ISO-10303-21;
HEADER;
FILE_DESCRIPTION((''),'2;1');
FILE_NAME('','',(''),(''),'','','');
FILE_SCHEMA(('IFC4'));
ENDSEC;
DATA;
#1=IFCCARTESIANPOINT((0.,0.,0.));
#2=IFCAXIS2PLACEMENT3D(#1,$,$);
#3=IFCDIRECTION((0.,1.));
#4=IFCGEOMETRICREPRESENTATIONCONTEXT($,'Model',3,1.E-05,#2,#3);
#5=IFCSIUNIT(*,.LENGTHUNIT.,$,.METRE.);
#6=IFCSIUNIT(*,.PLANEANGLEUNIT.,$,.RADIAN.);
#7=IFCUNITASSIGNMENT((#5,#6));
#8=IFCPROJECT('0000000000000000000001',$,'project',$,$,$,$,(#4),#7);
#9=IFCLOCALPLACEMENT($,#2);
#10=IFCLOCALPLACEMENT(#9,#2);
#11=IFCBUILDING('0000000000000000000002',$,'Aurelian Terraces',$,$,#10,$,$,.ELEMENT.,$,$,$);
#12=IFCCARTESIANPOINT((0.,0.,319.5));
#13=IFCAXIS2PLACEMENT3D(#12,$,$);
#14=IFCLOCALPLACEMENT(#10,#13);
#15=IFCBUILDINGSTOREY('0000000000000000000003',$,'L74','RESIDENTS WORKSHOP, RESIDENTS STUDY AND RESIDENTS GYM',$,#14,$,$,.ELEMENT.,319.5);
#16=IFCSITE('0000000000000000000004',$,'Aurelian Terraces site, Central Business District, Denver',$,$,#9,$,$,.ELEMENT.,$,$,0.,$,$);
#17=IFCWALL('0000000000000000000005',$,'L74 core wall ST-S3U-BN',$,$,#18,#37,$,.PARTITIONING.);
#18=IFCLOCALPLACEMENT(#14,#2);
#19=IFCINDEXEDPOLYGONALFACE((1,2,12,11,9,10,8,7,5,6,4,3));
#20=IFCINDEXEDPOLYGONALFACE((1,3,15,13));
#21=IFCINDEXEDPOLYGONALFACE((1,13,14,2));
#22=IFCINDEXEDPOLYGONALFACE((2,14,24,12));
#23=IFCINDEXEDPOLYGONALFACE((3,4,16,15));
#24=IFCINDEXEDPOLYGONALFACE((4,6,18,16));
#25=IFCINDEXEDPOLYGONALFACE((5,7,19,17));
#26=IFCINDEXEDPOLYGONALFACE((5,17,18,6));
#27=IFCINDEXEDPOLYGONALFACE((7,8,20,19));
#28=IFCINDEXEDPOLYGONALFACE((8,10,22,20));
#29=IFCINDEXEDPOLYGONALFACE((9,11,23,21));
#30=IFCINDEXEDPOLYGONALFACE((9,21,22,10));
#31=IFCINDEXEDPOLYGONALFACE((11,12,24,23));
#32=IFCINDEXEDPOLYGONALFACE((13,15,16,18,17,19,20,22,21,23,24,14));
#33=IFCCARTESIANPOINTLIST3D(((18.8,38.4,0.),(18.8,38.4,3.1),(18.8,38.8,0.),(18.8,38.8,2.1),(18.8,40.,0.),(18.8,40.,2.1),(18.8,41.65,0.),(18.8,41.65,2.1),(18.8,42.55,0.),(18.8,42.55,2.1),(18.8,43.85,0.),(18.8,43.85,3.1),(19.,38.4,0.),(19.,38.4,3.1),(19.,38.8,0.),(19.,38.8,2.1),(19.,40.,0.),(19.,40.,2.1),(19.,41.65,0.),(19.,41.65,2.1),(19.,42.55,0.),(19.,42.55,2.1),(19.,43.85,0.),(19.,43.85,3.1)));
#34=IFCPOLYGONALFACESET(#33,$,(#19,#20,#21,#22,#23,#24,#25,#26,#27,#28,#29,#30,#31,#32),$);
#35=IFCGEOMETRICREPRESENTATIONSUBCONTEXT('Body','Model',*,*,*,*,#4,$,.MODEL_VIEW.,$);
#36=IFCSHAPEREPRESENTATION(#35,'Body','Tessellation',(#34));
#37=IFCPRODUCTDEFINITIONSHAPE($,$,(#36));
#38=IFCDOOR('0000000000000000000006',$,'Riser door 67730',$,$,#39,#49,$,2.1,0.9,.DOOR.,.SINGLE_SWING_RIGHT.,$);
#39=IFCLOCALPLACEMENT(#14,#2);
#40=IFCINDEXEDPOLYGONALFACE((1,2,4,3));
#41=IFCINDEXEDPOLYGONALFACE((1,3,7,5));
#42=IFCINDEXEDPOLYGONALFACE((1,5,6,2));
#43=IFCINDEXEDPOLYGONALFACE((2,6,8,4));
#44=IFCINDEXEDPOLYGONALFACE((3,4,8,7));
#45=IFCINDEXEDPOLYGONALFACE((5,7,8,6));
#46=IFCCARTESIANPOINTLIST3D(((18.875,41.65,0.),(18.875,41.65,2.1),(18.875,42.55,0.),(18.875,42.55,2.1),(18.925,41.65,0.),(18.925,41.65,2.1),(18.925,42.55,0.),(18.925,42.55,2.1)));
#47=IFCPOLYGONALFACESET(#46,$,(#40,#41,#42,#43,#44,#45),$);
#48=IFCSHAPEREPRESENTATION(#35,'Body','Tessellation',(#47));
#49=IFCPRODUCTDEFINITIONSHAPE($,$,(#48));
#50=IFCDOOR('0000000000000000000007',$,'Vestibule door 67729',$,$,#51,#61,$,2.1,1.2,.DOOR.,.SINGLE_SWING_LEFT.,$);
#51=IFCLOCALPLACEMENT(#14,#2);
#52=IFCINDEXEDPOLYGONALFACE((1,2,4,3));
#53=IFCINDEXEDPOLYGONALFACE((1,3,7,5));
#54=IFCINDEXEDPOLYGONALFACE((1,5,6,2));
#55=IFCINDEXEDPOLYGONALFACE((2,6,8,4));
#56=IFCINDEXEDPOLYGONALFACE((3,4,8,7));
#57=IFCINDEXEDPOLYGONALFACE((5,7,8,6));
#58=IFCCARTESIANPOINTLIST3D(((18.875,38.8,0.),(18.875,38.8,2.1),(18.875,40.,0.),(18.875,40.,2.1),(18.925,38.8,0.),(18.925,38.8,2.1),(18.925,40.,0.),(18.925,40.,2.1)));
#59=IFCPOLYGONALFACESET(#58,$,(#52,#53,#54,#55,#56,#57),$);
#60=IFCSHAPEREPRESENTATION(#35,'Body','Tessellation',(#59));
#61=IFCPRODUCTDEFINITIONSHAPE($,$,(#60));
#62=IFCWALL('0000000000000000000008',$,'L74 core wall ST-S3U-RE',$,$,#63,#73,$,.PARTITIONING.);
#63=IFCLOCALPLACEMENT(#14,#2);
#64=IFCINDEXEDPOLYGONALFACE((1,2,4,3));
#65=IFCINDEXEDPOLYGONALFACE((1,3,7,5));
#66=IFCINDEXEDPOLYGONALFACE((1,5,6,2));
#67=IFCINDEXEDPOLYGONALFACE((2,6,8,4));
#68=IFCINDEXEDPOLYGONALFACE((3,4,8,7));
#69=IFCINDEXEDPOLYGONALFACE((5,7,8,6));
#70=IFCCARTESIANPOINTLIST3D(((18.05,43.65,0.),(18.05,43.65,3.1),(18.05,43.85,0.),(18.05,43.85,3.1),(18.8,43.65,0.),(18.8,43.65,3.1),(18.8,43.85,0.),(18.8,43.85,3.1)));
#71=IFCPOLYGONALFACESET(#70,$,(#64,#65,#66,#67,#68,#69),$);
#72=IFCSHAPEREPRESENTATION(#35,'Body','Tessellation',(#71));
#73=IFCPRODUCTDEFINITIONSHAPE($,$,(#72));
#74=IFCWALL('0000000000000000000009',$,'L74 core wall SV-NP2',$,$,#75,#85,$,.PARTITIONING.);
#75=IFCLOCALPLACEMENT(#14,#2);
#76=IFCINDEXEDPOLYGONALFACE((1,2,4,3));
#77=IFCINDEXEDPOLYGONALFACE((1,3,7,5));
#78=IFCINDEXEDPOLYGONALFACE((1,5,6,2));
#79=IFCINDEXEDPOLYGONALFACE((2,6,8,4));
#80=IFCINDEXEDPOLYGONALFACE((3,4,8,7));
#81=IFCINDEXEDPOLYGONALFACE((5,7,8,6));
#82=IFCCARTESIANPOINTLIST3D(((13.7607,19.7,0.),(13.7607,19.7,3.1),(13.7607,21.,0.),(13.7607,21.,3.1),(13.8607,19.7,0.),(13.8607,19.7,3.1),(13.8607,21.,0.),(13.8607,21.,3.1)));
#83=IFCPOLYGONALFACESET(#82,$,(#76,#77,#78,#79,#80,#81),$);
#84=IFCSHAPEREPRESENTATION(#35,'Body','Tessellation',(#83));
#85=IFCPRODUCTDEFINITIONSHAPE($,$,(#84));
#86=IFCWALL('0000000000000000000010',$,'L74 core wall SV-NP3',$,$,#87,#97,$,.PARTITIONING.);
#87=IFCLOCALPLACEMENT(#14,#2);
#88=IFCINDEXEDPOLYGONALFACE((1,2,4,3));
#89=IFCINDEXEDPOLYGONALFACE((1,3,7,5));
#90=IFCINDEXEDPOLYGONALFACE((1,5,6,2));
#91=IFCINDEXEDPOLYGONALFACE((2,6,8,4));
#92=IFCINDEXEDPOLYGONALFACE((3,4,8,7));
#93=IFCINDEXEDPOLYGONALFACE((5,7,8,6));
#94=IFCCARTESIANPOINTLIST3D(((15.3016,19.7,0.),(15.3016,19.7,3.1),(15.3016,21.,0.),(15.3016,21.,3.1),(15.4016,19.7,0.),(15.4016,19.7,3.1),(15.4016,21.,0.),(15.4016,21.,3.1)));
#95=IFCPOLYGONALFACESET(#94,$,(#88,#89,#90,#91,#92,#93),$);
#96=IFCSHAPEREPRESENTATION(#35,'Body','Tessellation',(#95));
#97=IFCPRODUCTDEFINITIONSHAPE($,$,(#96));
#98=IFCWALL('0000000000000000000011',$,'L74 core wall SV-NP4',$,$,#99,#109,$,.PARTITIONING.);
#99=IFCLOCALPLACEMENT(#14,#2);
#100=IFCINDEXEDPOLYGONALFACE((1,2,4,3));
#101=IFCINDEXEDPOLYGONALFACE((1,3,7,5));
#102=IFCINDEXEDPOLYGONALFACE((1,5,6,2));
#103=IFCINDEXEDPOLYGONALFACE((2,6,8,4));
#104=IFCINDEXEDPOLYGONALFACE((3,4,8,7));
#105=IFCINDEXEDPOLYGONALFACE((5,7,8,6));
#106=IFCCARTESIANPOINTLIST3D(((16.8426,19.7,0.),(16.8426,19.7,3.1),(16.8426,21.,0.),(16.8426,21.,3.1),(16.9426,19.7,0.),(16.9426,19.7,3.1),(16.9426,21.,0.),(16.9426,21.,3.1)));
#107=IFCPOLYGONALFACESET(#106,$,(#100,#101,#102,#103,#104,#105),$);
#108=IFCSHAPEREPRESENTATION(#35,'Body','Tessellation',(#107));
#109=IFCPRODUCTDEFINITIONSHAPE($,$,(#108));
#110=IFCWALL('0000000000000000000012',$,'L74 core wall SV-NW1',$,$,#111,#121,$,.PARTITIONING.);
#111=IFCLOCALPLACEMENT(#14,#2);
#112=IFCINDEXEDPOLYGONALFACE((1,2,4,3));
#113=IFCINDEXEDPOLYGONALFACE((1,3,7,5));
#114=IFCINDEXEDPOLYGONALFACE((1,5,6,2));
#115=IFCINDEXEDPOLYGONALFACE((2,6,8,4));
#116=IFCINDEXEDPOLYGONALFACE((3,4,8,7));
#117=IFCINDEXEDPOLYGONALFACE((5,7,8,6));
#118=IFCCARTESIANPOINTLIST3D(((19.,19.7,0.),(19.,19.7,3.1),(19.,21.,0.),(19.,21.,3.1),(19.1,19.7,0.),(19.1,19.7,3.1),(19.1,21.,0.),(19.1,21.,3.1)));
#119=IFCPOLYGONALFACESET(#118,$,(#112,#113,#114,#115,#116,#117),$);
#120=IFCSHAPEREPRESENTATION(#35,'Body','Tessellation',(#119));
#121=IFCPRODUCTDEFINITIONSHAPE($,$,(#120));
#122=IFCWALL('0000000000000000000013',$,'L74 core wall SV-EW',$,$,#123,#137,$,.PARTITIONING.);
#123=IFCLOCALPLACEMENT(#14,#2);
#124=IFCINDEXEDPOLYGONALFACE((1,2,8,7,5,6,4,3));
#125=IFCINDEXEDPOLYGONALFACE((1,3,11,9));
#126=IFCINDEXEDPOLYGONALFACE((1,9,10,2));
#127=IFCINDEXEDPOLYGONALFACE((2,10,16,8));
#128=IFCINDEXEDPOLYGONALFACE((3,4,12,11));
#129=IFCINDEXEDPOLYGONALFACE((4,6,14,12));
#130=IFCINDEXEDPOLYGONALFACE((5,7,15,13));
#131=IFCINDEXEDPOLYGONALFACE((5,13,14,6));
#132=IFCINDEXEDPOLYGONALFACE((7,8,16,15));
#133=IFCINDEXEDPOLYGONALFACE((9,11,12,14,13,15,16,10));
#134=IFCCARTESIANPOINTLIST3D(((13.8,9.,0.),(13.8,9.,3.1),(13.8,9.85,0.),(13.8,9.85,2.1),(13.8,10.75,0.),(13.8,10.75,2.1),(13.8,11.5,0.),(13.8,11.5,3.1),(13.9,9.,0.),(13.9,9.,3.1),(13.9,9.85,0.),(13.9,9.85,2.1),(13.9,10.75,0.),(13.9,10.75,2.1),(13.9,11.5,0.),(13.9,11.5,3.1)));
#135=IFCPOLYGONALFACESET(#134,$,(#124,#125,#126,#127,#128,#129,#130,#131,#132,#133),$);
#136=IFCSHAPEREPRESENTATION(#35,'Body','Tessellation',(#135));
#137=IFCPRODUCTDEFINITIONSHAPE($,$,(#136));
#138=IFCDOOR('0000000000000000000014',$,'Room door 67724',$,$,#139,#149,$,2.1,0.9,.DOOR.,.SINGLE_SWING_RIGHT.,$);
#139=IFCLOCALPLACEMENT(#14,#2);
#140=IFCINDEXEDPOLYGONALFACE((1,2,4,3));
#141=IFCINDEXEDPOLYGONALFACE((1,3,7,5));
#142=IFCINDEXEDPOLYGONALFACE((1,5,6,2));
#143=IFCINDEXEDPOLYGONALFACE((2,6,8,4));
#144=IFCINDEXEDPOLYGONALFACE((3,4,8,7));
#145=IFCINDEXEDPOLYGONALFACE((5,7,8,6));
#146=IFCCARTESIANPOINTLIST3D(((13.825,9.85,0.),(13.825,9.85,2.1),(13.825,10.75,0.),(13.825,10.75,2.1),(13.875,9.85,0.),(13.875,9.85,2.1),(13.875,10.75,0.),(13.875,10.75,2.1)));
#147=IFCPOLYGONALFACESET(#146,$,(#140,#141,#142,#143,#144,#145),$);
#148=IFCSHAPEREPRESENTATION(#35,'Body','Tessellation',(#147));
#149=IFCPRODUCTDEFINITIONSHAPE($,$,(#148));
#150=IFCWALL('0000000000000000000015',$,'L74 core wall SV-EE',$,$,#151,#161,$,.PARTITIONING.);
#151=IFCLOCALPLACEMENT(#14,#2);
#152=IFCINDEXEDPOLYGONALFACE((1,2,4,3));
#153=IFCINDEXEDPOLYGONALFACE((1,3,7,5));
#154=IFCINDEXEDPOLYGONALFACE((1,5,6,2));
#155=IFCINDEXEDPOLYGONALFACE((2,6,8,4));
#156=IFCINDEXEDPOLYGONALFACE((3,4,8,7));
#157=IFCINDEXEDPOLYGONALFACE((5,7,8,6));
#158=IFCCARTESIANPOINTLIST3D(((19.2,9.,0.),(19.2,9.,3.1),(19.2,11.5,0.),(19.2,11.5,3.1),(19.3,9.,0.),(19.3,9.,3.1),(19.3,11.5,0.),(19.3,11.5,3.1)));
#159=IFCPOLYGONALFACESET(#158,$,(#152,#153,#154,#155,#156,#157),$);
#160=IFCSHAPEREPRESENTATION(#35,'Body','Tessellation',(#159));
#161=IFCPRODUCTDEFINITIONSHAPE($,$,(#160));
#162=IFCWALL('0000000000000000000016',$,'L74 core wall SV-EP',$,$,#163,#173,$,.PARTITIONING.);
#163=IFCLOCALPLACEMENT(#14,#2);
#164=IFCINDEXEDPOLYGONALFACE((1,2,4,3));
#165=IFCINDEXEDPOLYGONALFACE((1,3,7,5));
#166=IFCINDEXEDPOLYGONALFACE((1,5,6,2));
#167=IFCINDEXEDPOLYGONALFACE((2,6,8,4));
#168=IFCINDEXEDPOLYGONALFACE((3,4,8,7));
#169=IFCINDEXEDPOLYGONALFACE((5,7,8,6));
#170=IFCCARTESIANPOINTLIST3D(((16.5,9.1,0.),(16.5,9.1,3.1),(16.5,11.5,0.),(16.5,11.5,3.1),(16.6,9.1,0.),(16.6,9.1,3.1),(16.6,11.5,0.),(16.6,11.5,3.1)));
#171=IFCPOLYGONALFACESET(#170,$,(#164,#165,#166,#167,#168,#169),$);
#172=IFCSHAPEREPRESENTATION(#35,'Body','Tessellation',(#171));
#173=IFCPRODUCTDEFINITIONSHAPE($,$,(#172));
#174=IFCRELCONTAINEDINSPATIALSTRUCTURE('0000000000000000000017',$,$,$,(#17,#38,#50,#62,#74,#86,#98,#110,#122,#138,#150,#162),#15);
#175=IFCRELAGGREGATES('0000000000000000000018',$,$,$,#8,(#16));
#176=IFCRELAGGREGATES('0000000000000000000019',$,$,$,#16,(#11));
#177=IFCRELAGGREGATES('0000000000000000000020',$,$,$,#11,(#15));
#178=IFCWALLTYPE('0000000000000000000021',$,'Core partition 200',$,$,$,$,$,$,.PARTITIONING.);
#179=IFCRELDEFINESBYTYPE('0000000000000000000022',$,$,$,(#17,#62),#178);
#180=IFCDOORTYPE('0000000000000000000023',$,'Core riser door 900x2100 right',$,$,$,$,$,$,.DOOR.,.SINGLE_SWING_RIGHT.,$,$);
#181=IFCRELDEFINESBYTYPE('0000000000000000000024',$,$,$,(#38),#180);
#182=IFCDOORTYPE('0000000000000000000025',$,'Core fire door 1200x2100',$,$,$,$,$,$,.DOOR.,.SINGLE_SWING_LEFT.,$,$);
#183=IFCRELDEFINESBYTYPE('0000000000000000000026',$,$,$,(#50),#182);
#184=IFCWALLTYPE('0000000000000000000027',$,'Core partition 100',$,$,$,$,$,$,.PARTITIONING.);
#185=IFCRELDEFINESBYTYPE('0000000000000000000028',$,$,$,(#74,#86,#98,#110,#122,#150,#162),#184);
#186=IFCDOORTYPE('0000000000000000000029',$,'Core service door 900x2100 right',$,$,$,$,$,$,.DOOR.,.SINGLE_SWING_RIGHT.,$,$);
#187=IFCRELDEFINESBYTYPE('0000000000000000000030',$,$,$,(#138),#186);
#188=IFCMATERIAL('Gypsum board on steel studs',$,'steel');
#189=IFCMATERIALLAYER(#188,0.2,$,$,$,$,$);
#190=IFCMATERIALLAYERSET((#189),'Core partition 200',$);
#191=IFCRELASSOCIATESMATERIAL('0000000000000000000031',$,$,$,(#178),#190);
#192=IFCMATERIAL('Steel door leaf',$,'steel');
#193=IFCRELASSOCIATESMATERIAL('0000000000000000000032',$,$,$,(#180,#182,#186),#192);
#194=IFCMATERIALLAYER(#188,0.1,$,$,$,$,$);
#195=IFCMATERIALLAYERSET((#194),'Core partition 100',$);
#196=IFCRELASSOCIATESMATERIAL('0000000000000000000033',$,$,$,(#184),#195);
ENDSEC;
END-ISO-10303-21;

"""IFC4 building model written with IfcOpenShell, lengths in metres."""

from ifc_helpers import new_model, si_unit, direction, frame, frame_2d, origin, place, context, subcontext, project, spatial, rectangle, extrude, source, transform, mapped, material, layer, layer_set, type_object, element, fill, save


model = new_model("IFC4")

# Units and contexts
model_context = context("Model", 3, precision=1e-05, world=origin(), true_north=direction((0.0, 1.0)))
body_context = subcontext(model_context, "Body", "Model", "MODEL_VIEW")
ifc_project = project(units=[si_unit("LENGTHUNIT", "METRE"), si_unit("PLANEANGLEUNIT", "RADIAN")], contexts=[model_context])

# Site, building, storey
site_placement = place(None, origin())
site = spatial("IfcSite", under=ifc_project, at=site_placement, Name="Aurelian Terraces site, Central Business District, Denver", CompositionType="ELEMENT", RefElevation=0.0)
building_placement = place(site_placement, origin())
building = spatial("IfcBuilding", under=site, at=building_placement, Name="Aurelian Terraces", CompositionType="ELEMENT")
storey_placement = place(building_placement, frame((0.0, 0.0, 319.5)))
storey = spatial("IfcBuildingStorey", under=building, at=storey_placement, Name="L74", Description="RESIDENTS WORKSHOP, RESIDENTS STUDY AND RESIDENTS GYM", CompositionType="ELEMENT", Elevation=319.5)

# Shared definitions
ifc_material_1 = material(Name="Gypsum board on steel studs", Category="steel")
ifc_layer_1 = layer(ifc_material_1, 0.2)
ifc_layer_set_1 = layer_set([ifc_layer_1], Name="Core partition 200")
wall_type_1 = type_object("IfcWallType", Name="Core partition 200", PredefinedType="PARTITIONING", material=ifc_layer_set_1)

# Wall, openings, doors
shared_shape_1 = source(origin(), body_context, "Body", "SweptSolid", [
    extrude(rectangle(XDim=5.45, YDim=0.2, at=frame_2d((2.725, 0.0))), origin(), (0.0, 0.0, 1.0), 3.1),
])
wall_1_placement = place(storey_placement, frame((18.9, 38.4, 0.0), z_axis=(0.0, 0.0, 1.0), x_axis=(0.0, 1.0, 0.0)))
wall_1 = element("IfcWall", 1, at=wall_1_placement, inside=storey, type_object=wall_type_1, Name="L74 core wall ST-S3U-BN", PredefinedType="PARTITIONING", context=body_context, shape_type="MappedRepresentation", body=[
    mapped(shared_shape_1, transform((0.0, 0.0, 0.0), scale=1.0)),
])
shared_shape_2 = source(origin(), body_context, "Body", "SweptSolid", [
    extrude(rectangle(XDim=1.2, YDim=2.1, at=frame_2d((0.6, 1.05))), frame((0.0, 0.11, 0.0), z_axis=(0.0, -1.0, 0.0), x_axis=(1.0, 0.0, 0.0)), (0.0, 0.0, 1.0), 0.22),
])
opening_1_placement = place(wall_1_placement, frame((0.4, 0.0, 0.0)))
opening_1 = element("IfcOpeningElement", 2, at=opening_1_placement, cuts=wall_1, PredefinedType="OPENING", context=body_context, shape_type="MappedRepresentation", body=[
    mapped(shared_shape_2, transform((0.0, 0.0, 0.0), scale=1.0)),
])
shared_shape_3 = source(origin(), body_context, "Body", "SweptSolid", [
    extrude(rectangle(XDim=0.9, YDim=2.1, at=frame_2d((0.45, 1.05))), frame((0.0, 0.11, 0.0), z_axis=(0.0, -1.0, 0.0), x_axis=(1.0, 0.0, 0.0)), (0.0, 0.0, 1.0), 0.22),
])
opening_2_placement = place(wall_1_placement, frame((3.25, 0.0, 0.0)))
opening_2 = element("IfcOpeningElement", 3, at=opening_2_placement, cuts=wall_1, PredefinedType="OPENING", context=body_context, shape_type="MappedRepresentation", body=[
    mapped(shared_shape_3, transform((0.0, 0.0, 0.0), scale=1.0)),
])
ifc_material_2 = material(Name="Steel door leaf", Category="steel")
door_type_1 = type_object("IfcDoorType", Name="Core riser door 900x2100 right", OperationType="SINGLE_SWING_RIGHT", PredefinedType="DOOR", material=ifc_material_2)
shared_shape_4 = source(origin(), body_context, "Body", "SweptSolid", [
    extrude(rectangle(XDim=0.9, YDim=2.1, at=frame_2d((0.45, 1.05))), frame((0.0, 0.025, 0.0), z_axis=(0.0, -1.0, 0.0), x_axis=(1.0, 0.0, 0.0)), (0.0, 0.0, 1.0), 0.05),
])
door_1_placement = place(opening_2_placement, origin())
door_1 = element("IfcDoor", 4, at=door_1_placement, inside=storey, type_object=door_type_1, Name="Riser door 67730", OperationType="SINGLE_SWING_RIGHT", OverallHeight=2.1, OverallWidth=0.9, PredefinedType="DOOR", context=body_context, shape_type="MappedRepresentation", body=[
    mapped(shared_shape_4, transform((0.0, 0.0, 0.0), scale=1.0)),
])
fill(opening_2, door_1)
door_type_2 = type_object("IfcDoorType", Name="Core fire door 1200x2100", OperationType="SINGLE_SWING_LEFT", PredefinedType="DOOR", material=ifc_material_2)
shared_shape_5 = source(origin(), body_context, "Body", "SweptSolid", [
    extrude(rectangle(XDim=1.2, YDim=2.1, at=frame_2d((0.6, 1.05))), frame((0.0, 0.025, 0.0), z_axis=(0.0, -1.0, 0.0), x_axis=(1.0, 0.0, 0.0)), (0.0, 0.0, 1.0), 0.05),
])
door_2_placement = place(opening_1_placement, origin())
door_2 = element("IfcDoor", 5, at=door_2_placement, inside=storey, type_object=door_type_2, Name="Vestibule door 67729", OperationType="SINGLE_SWING_LEFT", OverallHeight=2.1, OverallWidth=1.2, PredefinedType="DOOR", context=body_context, shape_type="MappedRepresentation", body=[
    mapped(shared_shape_5, transform((0.0, 0.0, 0.0), scale=1.0)),
])
fill(opening_1, door_2)

# Walls
shared_shape_6 = source(origin(), body_context, "Body", "SweptSolid", [
    extrude(rectangle(XDim=0.75, YDim=0.2, at=frame_2d((0.375, 0.0))), origin(), (0.0, 0.0, 1.0), 3.1),
])
wall_2_placement = place(storey_placement, frame((18.05, 43.75, 0.0), z_axis=(0.0, 0.0, 1.0), x_axis=(1.0, 0.0, 0.0)))
element("IfcWall", 6, at=wall_2_placement, inside=storey, type_object=wall_type_1, Name="L74 core wall ST-S3U-RE", PredefinedType="PARTITIONING", context=body_context, shape_type="MappedRepresentation", body=[
    mapped(shared_shape_6, transform((0.0, 0.0, 0.0), scale=1.0)),
])
ifc_layer_2 = layer(ifc_material_1, 0.1)
ifc_layer_set_2 = layer_set([ifc_layer_2], Name="Core partition 100")
wall_type_2 = type_object("IfcWallType", Name="Core partition 100", PredefinedType="PARTITIONING", material=ifc_layer_set_2)
shared_shape_7 = source(origin(), body_context, "Body", "SweptSolid", [
    extrude(rectangle(XDim=1.3, YDim=0.1, at=frame_2d((0.65, 0.0))), origin(), (0.0, 0.0, 1.0), 3.1),
])
for number, where, z_axis, x_axis, name in (
    (7, (13.8107, 19.7, 0.0), (0.0, 0.0, 1.0), (0.0, 1.0, 0.0), "L74 core wall SV-NP2"),
    (8, (15.3516, 19.7, 0.0), (0.0, 0.0, 1.0), (0.0, 1.0, 0.0), "L74 core wall SV-NP3"),
    (9, (16.8926, 19.7, 0.0), (0.0, 0.0, 1.0), (0.0, 1.0, 0.0), "L74 core wall SV-NP4"),
    (10, (19.05, 19.7, 0.0), (0.0, 0.0, 1.0), (0.0, 1.0, 0.0), "L74 core wall SV-NW1"),
):
    element("IfcWall", number, at=place(storey_placement, frame(where, z_axis=z_axis, x_axis=x_axis)), inside=storey, type_object=wall_type_2, Name=name, PredefinedType="PARTITIONING", context=body_context, shape_type="MappedRepresentation", body=[
        mapped(shared_shape_7, transform((0.0, 0.0, 0.0), scale=1.0)),
    ])

# Wall, opening, door
shared_shape_8 = source(origin(), body_context, "Body", "SweptSolid", [
    extrude(rectangle(XDim=2.5, YDim=0.1, at=frame_2d((1.25, 0.0))), origin(), (0.0, 0.0, 1.0), 3.1),
])
wall_3_placement = place(storey_placement, frame((13.85, 9.0, 0.0), z_axis=(0.0, 0.0, 1.0), x_axis=(0.0, 1.0, 0.0)))
wall_3 = element("IfcWall", 11, at=wall_3_placement, inside=storey, type_object=wall_type_2, Name="L74 core wall SV-EW", PredefinedType="PARTITIONING", context=body_context, shape_type="MappedRepresentation", body=[
    mapped(shared_shape_8, transform((0.0, 0.0, 0.0), scale=1.0)),
])
shared_shape_9 = source(origin(), body_context, "Body", "SweptSolid", [
    extrude(rectangle(XDim=0.9, YDim=2.1, at=frame_2d((0.45, 1.05))), frame((0.0, 0.06, 0.0), z_axis=(0.0, -1.0, 0.0), x_axis=(1.0, 0.0, 0.0)), (0.0, 0.0, 1.0), 0.12),
])
opening_3_placement = place(wall_3_placement, frame((0.85, 0.0, 0.0)))
opening_3 = element("IfcOpeningElement", 12, at=opening_3_placement, cuts=wall_3, PredefinedType="OPENING", context=body_context, shape_type="MappedRepresentation", body=[
    mapped(shared_shape_9, transform((0.0, 0.0, 0.0), scale=1.0)),
])
door_type_3 = type_object("IfcDoorType", Name="Core service door 900x2100 right", OperationType="SINGLE_SWING_RIGHT", PredefinedType="DOOR", material=ifc_material_2)
door_3_placement = place(opening_3_placement, origin())
door_3 = element("IfcDoor", 13, at=door_3_placement, inside=storey, type_object=door_type_3, Name="Room door 67724", OperationType="SINGLE_SWING_RIGHT", OverallHeight=2.1, OverallWidth=0.9, PredefinedType="DOOR", context=body_context, shape_type="MappedRepresentation", body=[
    mapped(shared_shape_4, transform((0.0, 0.0, 0.0), scale=1.0)),
])
fill(opening_3, door_3)

# Walls
wall_4_placement = place(storey_placement, frame((19.25, 9.0, 0.0), z_axis=(0.0, 0.0, 1.0), x_axis=(0.0, 1.0, 0.0)))
element("IfcWall", 14, at=wall_4_placement, inside=storey, type_object=wall_type_2, Name="L74 core wall SV-EE", PredefinedType="PARTITIONING", context=body_context, shape_type="MappedRepresentation", body=[
    mapped(shared_shape_8, transform((0.0, 0.0, 0.0), scale=1.0)),
])
shared_shape_10 = source(origin(), body_context, "Body", "SweptSolid", [
    extrude(rectangle(XDim=2.4, YDim=0.1, at=frame_2d((1.2, 0.0))), origin(), (0.0, 0.0, 1.0), 3.1),
])
wall_5_placement = place(storey_placement, frame((16.55, 9.1, 0.0), z_axis=(0.0, 0.0, 1.0), x_axis=(0.0, 1.0, 0.0)))
element("IfcWall", 15, at=wall_5_placement, inside=storey, type_object=wall_type_2, Name="L74 core wall SV-EP", PredefinedType="PARTITIONING", context=body_context, shape_type="MappedRepresentation", body=[
    mapped(shared_shape_10, transform((0.0, 0.0, 0.0), scale=1.0)),
])

save(model, "model.ifc")
